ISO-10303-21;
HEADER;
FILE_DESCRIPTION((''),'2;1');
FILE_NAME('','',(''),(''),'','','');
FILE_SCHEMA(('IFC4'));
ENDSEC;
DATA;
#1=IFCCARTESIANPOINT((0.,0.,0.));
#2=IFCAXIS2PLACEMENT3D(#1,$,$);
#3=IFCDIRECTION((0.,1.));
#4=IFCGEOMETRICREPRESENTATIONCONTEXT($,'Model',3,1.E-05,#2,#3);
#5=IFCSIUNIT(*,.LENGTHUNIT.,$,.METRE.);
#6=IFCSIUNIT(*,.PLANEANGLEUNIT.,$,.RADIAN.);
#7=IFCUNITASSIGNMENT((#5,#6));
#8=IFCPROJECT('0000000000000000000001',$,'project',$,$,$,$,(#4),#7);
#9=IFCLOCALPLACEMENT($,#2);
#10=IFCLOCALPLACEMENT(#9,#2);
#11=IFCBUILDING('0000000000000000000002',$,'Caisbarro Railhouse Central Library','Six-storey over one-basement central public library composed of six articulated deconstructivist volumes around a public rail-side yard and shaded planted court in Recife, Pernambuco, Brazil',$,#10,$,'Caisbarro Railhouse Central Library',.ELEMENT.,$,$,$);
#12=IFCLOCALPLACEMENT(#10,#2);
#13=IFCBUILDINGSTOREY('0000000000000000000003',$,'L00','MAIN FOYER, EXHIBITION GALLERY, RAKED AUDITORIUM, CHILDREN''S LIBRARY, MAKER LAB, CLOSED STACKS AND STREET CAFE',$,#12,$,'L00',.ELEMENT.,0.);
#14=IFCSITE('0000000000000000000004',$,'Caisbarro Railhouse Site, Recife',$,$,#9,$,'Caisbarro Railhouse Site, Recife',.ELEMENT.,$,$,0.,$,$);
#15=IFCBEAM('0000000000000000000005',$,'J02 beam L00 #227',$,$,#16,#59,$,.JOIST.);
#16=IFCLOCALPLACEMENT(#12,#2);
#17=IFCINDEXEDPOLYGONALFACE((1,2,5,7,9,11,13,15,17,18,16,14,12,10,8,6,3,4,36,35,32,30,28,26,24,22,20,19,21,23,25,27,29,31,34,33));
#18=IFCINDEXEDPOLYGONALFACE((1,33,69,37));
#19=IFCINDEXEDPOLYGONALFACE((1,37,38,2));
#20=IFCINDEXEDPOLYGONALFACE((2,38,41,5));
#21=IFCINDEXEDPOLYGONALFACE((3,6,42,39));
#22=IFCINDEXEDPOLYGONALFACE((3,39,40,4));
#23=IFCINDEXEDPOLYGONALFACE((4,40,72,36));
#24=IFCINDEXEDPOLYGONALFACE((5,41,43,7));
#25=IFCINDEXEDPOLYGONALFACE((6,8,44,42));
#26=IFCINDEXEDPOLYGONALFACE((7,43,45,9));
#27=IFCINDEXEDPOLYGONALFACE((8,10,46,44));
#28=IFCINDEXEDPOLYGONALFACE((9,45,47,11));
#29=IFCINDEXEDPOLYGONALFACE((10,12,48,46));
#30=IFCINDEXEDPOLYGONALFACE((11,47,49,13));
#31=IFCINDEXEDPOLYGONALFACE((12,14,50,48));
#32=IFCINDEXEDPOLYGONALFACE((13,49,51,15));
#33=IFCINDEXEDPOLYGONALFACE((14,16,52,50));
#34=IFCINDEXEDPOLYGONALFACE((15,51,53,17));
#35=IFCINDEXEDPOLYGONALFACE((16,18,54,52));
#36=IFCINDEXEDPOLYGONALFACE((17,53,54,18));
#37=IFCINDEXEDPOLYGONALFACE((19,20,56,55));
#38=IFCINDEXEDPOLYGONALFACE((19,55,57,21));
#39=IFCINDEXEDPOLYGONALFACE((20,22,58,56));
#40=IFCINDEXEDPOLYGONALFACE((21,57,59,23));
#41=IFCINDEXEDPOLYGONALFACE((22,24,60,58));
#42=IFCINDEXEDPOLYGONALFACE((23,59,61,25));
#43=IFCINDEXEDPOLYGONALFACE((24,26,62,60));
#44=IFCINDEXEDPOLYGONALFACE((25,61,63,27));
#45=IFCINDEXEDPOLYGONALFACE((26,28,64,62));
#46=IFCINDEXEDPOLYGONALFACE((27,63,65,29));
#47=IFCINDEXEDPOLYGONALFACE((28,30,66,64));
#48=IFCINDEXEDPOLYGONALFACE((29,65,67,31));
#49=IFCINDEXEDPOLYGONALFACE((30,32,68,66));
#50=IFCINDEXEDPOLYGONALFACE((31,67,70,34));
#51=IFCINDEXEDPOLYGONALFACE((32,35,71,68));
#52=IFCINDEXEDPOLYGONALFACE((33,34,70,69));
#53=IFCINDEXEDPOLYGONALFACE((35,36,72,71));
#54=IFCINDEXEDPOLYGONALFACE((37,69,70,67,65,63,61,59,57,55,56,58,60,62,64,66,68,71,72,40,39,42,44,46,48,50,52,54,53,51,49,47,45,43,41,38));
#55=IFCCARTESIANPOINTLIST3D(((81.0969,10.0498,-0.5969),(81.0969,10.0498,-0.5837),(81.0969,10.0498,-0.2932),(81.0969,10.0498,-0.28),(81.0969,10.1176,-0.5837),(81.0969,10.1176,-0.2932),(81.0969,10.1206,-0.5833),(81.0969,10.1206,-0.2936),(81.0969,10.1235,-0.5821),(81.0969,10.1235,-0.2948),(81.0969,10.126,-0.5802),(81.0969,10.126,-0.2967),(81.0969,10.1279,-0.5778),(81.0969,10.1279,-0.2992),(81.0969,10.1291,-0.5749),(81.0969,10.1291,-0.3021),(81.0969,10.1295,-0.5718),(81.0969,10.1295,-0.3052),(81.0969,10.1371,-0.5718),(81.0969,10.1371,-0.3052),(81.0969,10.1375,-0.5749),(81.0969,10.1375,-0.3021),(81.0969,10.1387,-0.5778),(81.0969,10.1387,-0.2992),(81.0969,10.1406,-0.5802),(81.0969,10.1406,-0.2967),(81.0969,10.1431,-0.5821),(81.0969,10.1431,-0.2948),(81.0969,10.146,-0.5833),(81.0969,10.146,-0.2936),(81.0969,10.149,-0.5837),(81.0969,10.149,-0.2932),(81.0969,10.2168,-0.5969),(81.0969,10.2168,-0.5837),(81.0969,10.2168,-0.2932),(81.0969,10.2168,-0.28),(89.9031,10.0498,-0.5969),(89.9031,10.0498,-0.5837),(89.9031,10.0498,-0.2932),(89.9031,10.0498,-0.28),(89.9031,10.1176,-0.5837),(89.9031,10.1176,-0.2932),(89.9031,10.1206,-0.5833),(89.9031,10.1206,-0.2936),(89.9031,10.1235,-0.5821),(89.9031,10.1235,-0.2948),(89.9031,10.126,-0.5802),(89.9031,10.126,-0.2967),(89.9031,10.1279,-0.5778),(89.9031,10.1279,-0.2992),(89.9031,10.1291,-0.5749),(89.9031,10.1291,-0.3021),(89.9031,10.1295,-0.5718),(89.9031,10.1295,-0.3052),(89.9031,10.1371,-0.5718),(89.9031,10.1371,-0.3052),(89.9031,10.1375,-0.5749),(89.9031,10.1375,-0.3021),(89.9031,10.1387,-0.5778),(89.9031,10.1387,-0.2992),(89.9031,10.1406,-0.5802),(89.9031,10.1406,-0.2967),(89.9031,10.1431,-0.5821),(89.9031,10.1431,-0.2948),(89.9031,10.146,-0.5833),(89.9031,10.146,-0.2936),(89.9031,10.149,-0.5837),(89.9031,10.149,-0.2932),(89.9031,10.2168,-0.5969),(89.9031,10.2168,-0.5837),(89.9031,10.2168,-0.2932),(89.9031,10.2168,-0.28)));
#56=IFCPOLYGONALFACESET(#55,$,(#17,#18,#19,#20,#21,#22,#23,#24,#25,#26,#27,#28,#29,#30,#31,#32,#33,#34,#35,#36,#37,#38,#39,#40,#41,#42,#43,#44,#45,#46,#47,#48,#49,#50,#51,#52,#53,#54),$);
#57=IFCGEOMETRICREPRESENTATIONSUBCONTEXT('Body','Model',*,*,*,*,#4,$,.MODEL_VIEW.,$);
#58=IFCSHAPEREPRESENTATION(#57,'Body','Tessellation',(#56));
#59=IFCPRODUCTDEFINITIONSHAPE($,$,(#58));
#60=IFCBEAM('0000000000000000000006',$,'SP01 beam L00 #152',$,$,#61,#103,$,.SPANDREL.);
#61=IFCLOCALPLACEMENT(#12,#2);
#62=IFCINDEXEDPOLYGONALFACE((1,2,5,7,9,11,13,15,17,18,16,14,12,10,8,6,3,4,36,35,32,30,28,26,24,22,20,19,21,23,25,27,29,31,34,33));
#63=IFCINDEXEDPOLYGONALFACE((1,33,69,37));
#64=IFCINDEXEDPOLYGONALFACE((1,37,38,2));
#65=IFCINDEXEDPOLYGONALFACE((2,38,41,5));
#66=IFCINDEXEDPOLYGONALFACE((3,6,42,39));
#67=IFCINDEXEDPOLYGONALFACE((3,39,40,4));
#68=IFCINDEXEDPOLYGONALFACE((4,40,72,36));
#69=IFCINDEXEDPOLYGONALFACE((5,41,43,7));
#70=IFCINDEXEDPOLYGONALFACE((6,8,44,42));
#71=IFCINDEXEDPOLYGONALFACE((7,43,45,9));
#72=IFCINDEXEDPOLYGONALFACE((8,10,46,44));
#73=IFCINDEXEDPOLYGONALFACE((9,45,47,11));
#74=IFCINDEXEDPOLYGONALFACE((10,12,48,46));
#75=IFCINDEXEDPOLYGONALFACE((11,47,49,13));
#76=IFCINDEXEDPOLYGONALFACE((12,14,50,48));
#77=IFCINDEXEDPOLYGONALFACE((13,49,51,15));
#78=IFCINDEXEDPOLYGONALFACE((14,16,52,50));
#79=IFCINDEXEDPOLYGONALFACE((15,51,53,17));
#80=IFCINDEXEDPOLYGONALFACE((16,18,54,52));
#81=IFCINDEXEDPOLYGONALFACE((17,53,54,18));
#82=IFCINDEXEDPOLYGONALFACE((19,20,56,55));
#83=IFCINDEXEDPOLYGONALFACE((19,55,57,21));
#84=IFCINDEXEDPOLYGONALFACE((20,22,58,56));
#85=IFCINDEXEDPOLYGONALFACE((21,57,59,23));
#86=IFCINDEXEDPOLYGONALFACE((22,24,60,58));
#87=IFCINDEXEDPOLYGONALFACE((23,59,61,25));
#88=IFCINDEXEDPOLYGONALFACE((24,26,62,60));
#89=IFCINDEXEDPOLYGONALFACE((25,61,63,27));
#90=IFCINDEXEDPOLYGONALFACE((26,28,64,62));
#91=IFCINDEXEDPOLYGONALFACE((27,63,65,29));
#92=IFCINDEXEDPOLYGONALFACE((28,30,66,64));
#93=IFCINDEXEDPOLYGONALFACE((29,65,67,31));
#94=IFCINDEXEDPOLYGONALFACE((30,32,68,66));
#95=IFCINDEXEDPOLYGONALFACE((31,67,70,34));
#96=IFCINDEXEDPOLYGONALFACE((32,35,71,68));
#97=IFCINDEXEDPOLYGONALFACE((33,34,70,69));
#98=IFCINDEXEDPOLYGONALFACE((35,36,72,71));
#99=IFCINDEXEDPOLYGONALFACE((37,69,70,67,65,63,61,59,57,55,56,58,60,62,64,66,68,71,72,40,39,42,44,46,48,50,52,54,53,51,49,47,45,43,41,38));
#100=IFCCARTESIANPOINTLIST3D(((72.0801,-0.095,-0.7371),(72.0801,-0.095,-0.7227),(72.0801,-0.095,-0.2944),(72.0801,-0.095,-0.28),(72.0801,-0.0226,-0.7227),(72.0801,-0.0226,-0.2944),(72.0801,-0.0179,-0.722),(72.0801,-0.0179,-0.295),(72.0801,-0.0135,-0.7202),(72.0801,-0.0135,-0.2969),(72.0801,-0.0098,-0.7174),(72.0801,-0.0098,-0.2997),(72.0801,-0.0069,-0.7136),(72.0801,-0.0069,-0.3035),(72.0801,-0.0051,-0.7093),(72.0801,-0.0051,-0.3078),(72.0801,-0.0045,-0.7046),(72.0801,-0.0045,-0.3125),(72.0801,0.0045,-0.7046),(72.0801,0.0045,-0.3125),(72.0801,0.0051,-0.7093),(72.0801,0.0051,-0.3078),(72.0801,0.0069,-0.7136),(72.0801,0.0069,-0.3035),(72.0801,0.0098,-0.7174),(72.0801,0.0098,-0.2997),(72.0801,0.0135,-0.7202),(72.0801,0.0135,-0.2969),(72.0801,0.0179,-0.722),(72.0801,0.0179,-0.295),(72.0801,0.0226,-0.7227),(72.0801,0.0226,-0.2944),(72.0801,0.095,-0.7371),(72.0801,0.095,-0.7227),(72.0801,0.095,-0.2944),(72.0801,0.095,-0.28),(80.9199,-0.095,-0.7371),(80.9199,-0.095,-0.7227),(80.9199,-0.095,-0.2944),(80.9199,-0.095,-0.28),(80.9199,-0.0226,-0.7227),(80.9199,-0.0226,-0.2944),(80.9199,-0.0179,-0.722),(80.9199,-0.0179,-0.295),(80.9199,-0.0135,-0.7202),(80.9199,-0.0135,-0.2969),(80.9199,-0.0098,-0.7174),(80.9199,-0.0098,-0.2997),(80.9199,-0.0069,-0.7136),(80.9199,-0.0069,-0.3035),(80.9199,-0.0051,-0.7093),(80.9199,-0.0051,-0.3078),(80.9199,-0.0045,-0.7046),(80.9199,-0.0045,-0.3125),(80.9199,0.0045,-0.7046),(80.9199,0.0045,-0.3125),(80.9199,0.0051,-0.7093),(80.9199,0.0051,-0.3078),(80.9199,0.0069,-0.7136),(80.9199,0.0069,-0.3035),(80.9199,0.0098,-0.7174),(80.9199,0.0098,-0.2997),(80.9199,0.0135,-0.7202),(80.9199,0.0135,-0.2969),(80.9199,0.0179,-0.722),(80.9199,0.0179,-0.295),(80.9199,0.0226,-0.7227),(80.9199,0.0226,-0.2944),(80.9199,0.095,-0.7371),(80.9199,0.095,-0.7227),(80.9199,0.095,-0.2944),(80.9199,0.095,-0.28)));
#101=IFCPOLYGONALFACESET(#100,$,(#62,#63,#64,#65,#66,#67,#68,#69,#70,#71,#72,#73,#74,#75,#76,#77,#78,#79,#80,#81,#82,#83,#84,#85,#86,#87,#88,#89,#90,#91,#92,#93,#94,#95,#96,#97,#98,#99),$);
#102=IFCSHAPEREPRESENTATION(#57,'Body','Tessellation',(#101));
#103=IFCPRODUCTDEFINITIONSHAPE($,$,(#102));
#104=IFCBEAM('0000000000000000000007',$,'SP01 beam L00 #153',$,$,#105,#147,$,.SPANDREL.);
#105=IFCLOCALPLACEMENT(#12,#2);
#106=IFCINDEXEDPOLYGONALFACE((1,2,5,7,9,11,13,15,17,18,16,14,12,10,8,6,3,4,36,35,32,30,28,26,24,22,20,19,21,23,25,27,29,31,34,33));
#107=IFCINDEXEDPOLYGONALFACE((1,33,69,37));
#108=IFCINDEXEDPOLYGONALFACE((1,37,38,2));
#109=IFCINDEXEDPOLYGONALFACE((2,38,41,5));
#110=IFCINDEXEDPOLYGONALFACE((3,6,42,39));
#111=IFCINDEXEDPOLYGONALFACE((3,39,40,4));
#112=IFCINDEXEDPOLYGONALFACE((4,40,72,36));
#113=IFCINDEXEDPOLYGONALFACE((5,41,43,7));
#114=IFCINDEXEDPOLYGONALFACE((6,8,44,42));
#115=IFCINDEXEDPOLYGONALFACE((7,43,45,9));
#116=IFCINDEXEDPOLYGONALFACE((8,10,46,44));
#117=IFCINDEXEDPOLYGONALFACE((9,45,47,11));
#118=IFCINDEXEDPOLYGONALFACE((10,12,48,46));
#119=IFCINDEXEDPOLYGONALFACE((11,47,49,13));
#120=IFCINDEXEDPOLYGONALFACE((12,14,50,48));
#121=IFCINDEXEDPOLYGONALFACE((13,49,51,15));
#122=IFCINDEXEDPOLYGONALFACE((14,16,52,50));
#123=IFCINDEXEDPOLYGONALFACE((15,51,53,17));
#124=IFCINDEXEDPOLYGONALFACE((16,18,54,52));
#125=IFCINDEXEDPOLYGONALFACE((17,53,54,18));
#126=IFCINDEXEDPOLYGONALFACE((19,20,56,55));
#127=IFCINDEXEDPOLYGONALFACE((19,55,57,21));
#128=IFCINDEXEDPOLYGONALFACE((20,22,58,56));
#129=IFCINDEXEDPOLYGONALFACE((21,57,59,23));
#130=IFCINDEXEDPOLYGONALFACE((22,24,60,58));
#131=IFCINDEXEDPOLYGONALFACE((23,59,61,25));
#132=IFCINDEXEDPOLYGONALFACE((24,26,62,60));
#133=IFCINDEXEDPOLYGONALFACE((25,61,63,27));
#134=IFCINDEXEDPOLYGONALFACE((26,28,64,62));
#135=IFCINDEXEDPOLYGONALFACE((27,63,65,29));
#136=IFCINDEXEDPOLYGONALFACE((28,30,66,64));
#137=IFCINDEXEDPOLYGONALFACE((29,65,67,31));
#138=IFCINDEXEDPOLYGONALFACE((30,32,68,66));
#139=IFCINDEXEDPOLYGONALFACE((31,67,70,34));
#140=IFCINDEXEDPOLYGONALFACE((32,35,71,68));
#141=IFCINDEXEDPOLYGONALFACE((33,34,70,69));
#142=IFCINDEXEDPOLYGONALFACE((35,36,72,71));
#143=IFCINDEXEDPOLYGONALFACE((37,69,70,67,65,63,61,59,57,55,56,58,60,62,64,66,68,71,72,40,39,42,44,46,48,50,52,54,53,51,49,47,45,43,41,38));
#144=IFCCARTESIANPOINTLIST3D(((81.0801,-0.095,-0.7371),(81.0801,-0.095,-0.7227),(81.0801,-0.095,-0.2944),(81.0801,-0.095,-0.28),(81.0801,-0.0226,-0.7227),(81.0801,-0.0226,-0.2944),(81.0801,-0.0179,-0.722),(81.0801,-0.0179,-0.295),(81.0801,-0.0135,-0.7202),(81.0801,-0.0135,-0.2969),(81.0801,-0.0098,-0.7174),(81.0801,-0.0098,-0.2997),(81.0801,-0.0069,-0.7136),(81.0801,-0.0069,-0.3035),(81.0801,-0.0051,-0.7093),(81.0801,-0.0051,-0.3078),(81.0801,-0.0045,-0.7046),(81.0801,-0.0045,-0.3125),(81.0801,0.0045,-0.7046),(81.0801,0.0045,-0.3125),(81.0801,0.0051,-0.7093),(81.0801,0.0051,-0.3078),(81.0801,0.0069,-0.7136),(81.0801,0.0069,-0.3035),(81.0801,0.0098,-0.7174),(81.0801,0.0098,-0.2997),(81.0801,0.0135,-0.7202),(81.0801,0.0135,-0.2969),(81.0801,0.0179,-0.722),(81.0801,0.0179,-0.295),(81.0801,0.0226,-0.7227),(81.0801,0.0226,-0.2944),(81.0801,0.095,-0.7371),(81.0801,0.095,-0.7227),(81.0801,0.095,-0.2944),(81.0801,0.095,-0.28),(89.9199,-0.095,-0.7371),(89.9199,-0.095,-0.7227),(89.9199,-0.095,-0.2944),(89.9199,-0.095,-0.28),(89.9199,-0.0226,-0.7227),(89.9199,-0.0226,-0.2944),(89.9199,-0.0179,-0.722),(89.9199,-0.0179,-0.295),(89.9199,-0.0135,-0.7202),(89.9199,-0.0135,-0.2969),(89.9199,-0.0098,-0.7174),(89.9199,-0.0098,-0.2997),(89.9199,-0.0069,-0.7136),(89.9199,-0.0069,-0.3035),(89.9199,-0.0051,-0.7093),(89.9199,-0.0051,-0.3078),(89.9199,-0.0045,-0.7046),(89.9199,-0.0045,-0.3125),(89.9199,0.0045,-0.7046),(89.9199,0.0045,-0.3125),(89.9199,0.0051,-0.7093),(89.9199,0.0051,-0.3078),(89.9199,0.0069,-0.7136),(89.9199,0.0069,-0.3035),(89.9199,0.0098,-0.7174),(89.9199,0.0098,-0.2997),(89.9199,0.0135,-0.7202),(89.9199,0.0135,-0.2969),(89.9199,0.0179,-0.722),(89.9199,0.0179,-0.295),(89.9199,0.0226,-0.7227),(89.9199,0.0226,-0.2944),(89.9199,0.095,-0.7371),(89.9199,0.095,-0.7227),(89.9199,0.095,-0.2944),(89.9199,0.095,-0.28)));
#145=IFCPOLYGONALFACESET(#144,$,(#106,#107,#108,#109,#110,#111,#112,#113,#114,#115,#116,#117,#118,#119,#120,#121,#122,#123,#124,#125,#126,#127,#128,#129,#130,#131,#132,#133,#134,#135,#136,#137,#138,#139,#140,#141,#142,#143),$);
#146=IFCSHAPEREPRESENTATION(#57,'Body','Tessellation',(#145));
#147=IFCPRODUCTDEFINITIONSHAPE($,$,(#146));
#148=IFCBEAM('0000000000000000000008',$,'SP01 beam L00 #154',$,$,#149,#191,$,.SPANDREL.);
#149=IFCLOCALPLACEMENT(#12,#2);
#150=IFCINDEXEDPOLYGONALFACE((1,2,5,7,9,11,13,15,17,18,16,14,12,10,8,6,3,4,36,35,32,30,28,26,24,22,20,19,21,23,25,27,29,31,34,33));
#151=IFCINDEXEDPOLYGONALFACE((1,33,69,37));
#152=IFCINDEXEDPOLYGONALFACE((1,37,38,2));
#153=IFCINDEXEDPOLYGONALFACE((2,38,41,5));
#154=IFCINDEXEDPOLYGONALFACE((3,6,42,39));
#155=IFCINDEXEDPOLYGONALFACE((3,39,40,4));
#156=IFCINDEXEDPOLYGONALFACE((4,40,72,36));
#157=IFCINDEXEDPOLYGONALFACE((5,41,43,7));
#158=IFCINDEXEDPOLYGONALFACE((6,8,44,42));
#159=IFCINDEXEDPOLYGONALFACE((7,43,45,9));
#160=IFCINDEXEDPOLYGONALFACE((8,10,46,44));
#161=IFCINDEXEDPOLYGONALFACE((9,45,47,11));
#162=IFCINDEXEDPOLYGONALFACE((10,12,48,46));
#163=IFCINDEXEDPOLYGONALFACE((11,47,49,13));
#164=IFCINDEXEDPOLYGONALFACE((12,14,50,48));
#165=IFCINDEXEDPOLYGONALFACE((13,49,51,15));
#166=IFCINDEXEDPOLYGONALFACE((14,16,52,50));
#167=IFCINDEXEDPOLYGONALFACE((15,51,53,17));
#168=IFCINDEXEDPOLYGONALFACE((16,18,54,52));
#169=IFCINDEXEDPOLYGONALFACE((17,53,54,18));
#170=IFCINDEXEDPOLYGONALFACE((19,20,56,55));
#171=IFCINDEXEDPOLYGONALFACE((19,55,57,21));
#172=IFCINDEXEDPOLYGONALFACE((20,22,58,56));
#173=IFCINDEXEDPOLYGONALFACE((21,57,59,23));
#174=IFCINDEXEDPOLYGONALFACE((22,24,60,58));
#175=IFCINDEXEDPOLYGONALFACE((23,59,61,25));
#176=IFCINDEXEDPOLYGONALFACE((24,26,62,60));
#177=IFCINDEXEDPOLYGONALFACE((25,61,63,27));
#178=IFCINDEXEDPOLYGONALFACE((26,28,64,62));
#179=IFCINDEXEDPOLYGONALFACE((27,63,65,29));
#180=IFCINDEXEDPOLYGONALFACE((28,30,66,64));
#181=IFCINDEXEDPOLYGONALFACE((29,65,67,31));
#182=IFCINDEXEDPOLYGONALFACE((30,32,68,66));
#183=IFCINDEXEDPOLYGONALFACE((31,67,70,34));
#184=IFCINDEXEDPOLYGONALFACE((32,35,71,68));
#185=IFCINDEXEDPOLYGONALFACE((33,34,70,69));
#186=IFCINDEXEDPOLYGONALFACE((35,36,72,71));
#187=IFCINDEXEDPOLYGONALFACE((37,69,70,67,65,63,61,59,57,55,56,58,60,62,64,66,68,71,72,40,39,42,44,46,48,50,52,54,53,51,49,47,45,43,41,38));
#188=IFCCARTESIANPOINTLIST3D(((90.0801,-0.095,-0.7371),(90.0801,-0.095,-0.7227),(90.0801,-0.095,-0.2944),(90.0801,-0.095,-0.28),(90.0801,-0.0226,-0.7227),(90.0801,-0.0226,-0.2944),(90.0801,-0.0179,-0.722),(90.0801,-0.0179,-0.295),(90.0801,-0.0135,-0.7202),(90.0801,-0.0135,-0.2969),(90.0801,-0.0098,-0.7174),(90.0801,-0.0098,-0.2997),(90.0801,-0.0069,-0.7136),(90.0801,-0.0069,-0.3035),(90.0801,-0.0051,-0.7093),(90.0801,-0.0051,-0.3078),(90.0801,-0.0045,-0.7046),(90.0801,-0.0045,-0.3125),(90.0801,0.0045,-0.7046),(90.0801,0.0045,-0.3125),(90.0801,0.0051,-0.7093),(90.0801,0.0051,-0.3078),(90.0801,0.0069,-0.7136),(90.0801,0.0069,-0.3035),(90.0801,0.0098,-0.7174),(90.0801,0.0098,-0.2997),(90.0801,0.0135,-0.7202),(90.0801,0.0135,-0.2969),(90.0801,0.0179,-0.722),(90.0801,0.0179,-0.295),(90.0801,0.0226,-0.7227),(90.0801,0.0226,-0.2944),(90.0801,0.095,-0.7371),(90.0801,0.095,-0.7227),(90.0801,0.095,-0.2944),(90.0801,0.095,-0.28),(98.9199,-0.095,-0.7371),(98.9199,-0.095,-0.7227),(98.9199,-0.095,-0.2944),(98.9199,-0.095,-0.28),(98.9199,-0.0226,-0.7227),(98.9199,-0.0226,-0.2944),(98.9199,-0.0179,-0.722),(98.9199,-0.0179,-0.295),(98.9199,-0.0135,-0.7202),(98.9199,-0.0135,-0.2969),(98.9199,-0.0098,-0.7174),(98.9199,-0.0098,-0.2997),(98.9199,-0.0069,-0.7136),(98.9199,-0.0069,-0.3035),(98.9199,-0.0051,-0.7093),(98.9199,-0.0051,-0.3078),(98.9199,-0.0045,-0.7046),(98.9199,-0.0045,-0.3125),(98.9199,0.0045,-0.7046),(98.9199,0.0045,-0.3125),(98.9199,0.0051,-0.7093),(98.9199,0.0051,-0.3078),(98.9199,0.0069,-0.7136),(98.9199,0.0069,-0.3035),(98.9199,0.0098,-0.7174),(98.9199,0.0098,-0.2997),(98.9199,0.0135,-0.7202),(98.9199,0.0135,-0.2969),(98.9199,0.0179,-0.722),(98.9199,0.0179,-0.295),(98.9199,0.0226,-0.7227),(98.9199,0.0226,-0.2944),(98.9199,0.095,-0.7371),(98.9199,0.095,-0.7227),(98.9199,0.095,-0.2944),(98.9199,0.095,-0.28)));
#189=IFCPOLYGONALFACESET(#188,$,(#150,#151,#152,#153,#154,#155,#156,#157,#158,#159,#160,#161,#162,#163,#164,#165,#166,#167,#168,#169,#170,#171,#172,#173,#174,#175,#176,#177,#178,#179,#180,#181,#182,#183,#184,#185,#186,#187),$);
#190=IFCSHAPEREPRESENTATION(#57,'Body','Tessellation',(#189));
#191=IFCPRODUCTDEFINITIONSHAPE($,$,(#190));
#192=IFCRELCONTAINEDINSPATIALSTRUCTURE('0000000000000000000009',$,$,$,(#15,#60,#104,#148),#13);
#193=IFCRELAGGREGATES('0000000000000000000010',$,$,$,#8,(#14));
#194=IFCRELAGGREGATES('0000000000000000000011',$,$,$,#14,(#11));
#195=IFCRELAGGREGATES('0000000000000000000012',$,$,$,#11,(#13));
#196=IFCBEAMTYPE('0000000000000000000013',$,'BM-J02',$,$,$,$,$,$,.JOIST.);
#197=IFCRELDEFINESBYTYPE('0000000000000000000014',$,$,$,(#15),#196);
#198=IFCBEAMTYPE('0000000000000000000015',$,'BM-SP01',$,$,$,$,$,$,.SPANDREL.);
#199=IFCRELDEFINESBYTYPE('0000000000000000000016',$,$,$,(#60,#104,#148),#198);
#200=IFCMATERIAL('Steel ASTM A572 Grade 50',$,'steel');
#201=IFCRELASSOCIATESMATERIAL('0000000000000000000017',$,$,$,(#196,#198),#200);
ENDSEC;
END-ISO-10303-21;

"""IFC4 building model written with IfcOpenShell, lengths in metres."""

from ifc_helpers import new_model, si_unit, direction, frame, origin, origin_2d, place, context, subcontext, project, spatial, i_section, extrude, material, material_profile, profile_set, type_object, element, save


model = new_model("IFC4")

# Units and contexts
model_context = context("Model", 3, precision=1e-05, world=origin(), true_north=direction((0.0, 1.0)))
body_context = subcontext(model_context, "Body", "Model", "MODEL_VIEW")
ifc_project = project(units=[si_unit("LENGTHUNIT", "METRE"), si_unit("PLANEANGLEUNIT", "RADIAN")], contexts=[model_context])

# Site, building, storey
site_placement = place(None, origin())
site = spatial("IfcSite", under=ifc_project, at=site_placement, Name="Caisbarro Railhouse Site, Recife", LongName="Caisbarro Railhouse Site, Recife", CompositionType="ELEMENT", RefElevation=0.0)
building_placement = place(site_placement, origin())
building = spatial("IfcBuilding", under=site, at=building_placement, Name="Caisbarro Railhouse Central Library", Description="Six-storey over one-basement central public library composed of six articulated deconstructivist volumes around a public rail-side yard and shaded planted court in Recife, Pernambuco, Brazil", LongName="Caisbarro Railhouse Central Library", CompositionType="ELEMENT")
storey_placement = place(building_placement, origin())
storey = spatial("IfcBuildingStorey", under=building, at=storey_placement, Name="L00", Description="MAIN FOYER, EXHIBITION GALLERY, RAKED AUDITORIUM, CHILDREN'S LIBRARY, MAKER LAB, CLOSED STACKS AND STREET CAFE", LongName="L00", CompositionType="ELEMENT", Elevation=0.0)

# Shared definitions
ifc_material_1 = material(Name="Steel ASTM A572 Grade 50", Category="steel")

# Beams
ifc_material_profile_1 = material_profile(ifc_material_1, i_section(OverallWidth=0.167, OverallDepth=0.3169, WebThickness=0.0076, FlangeThickness=0.0132, FilletRadius=0.012, at=origin_2d()), Name="W310X52.0")
ifc_profile_set_1 = profile_set([ifc_material_profile_1], Name="Steel ASTM A572 Grade 50")
beam_type_1 = type_object("IfcBeamType", Name="BM-J02", PredefinedType="JOIST", material=ifc_profile_set_1)
for number, where, z_axis, x_axis, name in (
    (1, (81.0969, 10.1333, -0.4385), (1.0, 0.0, 0.0), (0.0, 1.0, 0.0), "J02 beam L00 #227"),
):
    element("IfcBeam", number, at=place(storey_placement, frame(where, z_axis=z_axis, x_axis=x_axis)), inside=storey, type_object=beam_type_1, Name=name, PredefinedType="JOIST", context=body_context, shape_type="SweptSolid", body=[
        extrude(i_section(OverallWidth=0.167, OverallDepth=0.3169, WebThickness=0.0076, FlangeThickness=0.0132, FilletRadius=0.012, at=origin_2d()), origin(), (0.0, 0.0, 1.0), 8.8062),
    ])
ifc_material_profile_2 = material_profile(ifc_material_1, i_section(OverallWidth=0.1899, OverallDepth=0.457, WebThickness=0.009, FlangeThickness=0.0144, FilletRadius=0.0181, at=origin_2d()), Name="W460X74.0")
ifc_profile_set_2 = profile_set([ifc_material_profile_2], Name="Steel ASTM A572 Grade 50")
beam_type_2 = type_object("IfcBeamType", Name="BM-SP01", PredefinedType="SPANDREL", material=ifc_profile_set_2)
for number, where, z_axis, x_axis, name in (
    (2, (72.0801, 0.0, -0.5085), (1.0, 0.0, 0.0), (0.0, 1.0, 0.0), "SP01 beam L00 #152"),
    (3, (81.0801, 0.0, -0.5085), (1.0, 0.0, 0.0), (0.0, 1.0, 0.0), "SP01 beam L00 #153"),
    (4, (90.0801, 0.0, -0.5085), (1.0, 0.0, 0.0), (0.0, 1.0, 0.0), "SP01 beam L00 #154"),
):
    element("IfcBeam", number, at=place(storey_placement, frame(where, z_axis=z_axis, x_axis=x_axis)), inside=storey, type_object=beam_type_2, Name=name, PredefinedType="SPANDREL", context=body_context, shape_type="SweptSolid", body=[
        extrude(i_section(OverallWidth=0.1899, OverallDepth=0.457, WebThickness=0.009, FlangeThickness=0.0144, FilletRadius=0.0181, at=origin_2d()), origin(), (0.0, 0.0, 1.0), 8.8398),
    ])

save(model, "model.ifc")
